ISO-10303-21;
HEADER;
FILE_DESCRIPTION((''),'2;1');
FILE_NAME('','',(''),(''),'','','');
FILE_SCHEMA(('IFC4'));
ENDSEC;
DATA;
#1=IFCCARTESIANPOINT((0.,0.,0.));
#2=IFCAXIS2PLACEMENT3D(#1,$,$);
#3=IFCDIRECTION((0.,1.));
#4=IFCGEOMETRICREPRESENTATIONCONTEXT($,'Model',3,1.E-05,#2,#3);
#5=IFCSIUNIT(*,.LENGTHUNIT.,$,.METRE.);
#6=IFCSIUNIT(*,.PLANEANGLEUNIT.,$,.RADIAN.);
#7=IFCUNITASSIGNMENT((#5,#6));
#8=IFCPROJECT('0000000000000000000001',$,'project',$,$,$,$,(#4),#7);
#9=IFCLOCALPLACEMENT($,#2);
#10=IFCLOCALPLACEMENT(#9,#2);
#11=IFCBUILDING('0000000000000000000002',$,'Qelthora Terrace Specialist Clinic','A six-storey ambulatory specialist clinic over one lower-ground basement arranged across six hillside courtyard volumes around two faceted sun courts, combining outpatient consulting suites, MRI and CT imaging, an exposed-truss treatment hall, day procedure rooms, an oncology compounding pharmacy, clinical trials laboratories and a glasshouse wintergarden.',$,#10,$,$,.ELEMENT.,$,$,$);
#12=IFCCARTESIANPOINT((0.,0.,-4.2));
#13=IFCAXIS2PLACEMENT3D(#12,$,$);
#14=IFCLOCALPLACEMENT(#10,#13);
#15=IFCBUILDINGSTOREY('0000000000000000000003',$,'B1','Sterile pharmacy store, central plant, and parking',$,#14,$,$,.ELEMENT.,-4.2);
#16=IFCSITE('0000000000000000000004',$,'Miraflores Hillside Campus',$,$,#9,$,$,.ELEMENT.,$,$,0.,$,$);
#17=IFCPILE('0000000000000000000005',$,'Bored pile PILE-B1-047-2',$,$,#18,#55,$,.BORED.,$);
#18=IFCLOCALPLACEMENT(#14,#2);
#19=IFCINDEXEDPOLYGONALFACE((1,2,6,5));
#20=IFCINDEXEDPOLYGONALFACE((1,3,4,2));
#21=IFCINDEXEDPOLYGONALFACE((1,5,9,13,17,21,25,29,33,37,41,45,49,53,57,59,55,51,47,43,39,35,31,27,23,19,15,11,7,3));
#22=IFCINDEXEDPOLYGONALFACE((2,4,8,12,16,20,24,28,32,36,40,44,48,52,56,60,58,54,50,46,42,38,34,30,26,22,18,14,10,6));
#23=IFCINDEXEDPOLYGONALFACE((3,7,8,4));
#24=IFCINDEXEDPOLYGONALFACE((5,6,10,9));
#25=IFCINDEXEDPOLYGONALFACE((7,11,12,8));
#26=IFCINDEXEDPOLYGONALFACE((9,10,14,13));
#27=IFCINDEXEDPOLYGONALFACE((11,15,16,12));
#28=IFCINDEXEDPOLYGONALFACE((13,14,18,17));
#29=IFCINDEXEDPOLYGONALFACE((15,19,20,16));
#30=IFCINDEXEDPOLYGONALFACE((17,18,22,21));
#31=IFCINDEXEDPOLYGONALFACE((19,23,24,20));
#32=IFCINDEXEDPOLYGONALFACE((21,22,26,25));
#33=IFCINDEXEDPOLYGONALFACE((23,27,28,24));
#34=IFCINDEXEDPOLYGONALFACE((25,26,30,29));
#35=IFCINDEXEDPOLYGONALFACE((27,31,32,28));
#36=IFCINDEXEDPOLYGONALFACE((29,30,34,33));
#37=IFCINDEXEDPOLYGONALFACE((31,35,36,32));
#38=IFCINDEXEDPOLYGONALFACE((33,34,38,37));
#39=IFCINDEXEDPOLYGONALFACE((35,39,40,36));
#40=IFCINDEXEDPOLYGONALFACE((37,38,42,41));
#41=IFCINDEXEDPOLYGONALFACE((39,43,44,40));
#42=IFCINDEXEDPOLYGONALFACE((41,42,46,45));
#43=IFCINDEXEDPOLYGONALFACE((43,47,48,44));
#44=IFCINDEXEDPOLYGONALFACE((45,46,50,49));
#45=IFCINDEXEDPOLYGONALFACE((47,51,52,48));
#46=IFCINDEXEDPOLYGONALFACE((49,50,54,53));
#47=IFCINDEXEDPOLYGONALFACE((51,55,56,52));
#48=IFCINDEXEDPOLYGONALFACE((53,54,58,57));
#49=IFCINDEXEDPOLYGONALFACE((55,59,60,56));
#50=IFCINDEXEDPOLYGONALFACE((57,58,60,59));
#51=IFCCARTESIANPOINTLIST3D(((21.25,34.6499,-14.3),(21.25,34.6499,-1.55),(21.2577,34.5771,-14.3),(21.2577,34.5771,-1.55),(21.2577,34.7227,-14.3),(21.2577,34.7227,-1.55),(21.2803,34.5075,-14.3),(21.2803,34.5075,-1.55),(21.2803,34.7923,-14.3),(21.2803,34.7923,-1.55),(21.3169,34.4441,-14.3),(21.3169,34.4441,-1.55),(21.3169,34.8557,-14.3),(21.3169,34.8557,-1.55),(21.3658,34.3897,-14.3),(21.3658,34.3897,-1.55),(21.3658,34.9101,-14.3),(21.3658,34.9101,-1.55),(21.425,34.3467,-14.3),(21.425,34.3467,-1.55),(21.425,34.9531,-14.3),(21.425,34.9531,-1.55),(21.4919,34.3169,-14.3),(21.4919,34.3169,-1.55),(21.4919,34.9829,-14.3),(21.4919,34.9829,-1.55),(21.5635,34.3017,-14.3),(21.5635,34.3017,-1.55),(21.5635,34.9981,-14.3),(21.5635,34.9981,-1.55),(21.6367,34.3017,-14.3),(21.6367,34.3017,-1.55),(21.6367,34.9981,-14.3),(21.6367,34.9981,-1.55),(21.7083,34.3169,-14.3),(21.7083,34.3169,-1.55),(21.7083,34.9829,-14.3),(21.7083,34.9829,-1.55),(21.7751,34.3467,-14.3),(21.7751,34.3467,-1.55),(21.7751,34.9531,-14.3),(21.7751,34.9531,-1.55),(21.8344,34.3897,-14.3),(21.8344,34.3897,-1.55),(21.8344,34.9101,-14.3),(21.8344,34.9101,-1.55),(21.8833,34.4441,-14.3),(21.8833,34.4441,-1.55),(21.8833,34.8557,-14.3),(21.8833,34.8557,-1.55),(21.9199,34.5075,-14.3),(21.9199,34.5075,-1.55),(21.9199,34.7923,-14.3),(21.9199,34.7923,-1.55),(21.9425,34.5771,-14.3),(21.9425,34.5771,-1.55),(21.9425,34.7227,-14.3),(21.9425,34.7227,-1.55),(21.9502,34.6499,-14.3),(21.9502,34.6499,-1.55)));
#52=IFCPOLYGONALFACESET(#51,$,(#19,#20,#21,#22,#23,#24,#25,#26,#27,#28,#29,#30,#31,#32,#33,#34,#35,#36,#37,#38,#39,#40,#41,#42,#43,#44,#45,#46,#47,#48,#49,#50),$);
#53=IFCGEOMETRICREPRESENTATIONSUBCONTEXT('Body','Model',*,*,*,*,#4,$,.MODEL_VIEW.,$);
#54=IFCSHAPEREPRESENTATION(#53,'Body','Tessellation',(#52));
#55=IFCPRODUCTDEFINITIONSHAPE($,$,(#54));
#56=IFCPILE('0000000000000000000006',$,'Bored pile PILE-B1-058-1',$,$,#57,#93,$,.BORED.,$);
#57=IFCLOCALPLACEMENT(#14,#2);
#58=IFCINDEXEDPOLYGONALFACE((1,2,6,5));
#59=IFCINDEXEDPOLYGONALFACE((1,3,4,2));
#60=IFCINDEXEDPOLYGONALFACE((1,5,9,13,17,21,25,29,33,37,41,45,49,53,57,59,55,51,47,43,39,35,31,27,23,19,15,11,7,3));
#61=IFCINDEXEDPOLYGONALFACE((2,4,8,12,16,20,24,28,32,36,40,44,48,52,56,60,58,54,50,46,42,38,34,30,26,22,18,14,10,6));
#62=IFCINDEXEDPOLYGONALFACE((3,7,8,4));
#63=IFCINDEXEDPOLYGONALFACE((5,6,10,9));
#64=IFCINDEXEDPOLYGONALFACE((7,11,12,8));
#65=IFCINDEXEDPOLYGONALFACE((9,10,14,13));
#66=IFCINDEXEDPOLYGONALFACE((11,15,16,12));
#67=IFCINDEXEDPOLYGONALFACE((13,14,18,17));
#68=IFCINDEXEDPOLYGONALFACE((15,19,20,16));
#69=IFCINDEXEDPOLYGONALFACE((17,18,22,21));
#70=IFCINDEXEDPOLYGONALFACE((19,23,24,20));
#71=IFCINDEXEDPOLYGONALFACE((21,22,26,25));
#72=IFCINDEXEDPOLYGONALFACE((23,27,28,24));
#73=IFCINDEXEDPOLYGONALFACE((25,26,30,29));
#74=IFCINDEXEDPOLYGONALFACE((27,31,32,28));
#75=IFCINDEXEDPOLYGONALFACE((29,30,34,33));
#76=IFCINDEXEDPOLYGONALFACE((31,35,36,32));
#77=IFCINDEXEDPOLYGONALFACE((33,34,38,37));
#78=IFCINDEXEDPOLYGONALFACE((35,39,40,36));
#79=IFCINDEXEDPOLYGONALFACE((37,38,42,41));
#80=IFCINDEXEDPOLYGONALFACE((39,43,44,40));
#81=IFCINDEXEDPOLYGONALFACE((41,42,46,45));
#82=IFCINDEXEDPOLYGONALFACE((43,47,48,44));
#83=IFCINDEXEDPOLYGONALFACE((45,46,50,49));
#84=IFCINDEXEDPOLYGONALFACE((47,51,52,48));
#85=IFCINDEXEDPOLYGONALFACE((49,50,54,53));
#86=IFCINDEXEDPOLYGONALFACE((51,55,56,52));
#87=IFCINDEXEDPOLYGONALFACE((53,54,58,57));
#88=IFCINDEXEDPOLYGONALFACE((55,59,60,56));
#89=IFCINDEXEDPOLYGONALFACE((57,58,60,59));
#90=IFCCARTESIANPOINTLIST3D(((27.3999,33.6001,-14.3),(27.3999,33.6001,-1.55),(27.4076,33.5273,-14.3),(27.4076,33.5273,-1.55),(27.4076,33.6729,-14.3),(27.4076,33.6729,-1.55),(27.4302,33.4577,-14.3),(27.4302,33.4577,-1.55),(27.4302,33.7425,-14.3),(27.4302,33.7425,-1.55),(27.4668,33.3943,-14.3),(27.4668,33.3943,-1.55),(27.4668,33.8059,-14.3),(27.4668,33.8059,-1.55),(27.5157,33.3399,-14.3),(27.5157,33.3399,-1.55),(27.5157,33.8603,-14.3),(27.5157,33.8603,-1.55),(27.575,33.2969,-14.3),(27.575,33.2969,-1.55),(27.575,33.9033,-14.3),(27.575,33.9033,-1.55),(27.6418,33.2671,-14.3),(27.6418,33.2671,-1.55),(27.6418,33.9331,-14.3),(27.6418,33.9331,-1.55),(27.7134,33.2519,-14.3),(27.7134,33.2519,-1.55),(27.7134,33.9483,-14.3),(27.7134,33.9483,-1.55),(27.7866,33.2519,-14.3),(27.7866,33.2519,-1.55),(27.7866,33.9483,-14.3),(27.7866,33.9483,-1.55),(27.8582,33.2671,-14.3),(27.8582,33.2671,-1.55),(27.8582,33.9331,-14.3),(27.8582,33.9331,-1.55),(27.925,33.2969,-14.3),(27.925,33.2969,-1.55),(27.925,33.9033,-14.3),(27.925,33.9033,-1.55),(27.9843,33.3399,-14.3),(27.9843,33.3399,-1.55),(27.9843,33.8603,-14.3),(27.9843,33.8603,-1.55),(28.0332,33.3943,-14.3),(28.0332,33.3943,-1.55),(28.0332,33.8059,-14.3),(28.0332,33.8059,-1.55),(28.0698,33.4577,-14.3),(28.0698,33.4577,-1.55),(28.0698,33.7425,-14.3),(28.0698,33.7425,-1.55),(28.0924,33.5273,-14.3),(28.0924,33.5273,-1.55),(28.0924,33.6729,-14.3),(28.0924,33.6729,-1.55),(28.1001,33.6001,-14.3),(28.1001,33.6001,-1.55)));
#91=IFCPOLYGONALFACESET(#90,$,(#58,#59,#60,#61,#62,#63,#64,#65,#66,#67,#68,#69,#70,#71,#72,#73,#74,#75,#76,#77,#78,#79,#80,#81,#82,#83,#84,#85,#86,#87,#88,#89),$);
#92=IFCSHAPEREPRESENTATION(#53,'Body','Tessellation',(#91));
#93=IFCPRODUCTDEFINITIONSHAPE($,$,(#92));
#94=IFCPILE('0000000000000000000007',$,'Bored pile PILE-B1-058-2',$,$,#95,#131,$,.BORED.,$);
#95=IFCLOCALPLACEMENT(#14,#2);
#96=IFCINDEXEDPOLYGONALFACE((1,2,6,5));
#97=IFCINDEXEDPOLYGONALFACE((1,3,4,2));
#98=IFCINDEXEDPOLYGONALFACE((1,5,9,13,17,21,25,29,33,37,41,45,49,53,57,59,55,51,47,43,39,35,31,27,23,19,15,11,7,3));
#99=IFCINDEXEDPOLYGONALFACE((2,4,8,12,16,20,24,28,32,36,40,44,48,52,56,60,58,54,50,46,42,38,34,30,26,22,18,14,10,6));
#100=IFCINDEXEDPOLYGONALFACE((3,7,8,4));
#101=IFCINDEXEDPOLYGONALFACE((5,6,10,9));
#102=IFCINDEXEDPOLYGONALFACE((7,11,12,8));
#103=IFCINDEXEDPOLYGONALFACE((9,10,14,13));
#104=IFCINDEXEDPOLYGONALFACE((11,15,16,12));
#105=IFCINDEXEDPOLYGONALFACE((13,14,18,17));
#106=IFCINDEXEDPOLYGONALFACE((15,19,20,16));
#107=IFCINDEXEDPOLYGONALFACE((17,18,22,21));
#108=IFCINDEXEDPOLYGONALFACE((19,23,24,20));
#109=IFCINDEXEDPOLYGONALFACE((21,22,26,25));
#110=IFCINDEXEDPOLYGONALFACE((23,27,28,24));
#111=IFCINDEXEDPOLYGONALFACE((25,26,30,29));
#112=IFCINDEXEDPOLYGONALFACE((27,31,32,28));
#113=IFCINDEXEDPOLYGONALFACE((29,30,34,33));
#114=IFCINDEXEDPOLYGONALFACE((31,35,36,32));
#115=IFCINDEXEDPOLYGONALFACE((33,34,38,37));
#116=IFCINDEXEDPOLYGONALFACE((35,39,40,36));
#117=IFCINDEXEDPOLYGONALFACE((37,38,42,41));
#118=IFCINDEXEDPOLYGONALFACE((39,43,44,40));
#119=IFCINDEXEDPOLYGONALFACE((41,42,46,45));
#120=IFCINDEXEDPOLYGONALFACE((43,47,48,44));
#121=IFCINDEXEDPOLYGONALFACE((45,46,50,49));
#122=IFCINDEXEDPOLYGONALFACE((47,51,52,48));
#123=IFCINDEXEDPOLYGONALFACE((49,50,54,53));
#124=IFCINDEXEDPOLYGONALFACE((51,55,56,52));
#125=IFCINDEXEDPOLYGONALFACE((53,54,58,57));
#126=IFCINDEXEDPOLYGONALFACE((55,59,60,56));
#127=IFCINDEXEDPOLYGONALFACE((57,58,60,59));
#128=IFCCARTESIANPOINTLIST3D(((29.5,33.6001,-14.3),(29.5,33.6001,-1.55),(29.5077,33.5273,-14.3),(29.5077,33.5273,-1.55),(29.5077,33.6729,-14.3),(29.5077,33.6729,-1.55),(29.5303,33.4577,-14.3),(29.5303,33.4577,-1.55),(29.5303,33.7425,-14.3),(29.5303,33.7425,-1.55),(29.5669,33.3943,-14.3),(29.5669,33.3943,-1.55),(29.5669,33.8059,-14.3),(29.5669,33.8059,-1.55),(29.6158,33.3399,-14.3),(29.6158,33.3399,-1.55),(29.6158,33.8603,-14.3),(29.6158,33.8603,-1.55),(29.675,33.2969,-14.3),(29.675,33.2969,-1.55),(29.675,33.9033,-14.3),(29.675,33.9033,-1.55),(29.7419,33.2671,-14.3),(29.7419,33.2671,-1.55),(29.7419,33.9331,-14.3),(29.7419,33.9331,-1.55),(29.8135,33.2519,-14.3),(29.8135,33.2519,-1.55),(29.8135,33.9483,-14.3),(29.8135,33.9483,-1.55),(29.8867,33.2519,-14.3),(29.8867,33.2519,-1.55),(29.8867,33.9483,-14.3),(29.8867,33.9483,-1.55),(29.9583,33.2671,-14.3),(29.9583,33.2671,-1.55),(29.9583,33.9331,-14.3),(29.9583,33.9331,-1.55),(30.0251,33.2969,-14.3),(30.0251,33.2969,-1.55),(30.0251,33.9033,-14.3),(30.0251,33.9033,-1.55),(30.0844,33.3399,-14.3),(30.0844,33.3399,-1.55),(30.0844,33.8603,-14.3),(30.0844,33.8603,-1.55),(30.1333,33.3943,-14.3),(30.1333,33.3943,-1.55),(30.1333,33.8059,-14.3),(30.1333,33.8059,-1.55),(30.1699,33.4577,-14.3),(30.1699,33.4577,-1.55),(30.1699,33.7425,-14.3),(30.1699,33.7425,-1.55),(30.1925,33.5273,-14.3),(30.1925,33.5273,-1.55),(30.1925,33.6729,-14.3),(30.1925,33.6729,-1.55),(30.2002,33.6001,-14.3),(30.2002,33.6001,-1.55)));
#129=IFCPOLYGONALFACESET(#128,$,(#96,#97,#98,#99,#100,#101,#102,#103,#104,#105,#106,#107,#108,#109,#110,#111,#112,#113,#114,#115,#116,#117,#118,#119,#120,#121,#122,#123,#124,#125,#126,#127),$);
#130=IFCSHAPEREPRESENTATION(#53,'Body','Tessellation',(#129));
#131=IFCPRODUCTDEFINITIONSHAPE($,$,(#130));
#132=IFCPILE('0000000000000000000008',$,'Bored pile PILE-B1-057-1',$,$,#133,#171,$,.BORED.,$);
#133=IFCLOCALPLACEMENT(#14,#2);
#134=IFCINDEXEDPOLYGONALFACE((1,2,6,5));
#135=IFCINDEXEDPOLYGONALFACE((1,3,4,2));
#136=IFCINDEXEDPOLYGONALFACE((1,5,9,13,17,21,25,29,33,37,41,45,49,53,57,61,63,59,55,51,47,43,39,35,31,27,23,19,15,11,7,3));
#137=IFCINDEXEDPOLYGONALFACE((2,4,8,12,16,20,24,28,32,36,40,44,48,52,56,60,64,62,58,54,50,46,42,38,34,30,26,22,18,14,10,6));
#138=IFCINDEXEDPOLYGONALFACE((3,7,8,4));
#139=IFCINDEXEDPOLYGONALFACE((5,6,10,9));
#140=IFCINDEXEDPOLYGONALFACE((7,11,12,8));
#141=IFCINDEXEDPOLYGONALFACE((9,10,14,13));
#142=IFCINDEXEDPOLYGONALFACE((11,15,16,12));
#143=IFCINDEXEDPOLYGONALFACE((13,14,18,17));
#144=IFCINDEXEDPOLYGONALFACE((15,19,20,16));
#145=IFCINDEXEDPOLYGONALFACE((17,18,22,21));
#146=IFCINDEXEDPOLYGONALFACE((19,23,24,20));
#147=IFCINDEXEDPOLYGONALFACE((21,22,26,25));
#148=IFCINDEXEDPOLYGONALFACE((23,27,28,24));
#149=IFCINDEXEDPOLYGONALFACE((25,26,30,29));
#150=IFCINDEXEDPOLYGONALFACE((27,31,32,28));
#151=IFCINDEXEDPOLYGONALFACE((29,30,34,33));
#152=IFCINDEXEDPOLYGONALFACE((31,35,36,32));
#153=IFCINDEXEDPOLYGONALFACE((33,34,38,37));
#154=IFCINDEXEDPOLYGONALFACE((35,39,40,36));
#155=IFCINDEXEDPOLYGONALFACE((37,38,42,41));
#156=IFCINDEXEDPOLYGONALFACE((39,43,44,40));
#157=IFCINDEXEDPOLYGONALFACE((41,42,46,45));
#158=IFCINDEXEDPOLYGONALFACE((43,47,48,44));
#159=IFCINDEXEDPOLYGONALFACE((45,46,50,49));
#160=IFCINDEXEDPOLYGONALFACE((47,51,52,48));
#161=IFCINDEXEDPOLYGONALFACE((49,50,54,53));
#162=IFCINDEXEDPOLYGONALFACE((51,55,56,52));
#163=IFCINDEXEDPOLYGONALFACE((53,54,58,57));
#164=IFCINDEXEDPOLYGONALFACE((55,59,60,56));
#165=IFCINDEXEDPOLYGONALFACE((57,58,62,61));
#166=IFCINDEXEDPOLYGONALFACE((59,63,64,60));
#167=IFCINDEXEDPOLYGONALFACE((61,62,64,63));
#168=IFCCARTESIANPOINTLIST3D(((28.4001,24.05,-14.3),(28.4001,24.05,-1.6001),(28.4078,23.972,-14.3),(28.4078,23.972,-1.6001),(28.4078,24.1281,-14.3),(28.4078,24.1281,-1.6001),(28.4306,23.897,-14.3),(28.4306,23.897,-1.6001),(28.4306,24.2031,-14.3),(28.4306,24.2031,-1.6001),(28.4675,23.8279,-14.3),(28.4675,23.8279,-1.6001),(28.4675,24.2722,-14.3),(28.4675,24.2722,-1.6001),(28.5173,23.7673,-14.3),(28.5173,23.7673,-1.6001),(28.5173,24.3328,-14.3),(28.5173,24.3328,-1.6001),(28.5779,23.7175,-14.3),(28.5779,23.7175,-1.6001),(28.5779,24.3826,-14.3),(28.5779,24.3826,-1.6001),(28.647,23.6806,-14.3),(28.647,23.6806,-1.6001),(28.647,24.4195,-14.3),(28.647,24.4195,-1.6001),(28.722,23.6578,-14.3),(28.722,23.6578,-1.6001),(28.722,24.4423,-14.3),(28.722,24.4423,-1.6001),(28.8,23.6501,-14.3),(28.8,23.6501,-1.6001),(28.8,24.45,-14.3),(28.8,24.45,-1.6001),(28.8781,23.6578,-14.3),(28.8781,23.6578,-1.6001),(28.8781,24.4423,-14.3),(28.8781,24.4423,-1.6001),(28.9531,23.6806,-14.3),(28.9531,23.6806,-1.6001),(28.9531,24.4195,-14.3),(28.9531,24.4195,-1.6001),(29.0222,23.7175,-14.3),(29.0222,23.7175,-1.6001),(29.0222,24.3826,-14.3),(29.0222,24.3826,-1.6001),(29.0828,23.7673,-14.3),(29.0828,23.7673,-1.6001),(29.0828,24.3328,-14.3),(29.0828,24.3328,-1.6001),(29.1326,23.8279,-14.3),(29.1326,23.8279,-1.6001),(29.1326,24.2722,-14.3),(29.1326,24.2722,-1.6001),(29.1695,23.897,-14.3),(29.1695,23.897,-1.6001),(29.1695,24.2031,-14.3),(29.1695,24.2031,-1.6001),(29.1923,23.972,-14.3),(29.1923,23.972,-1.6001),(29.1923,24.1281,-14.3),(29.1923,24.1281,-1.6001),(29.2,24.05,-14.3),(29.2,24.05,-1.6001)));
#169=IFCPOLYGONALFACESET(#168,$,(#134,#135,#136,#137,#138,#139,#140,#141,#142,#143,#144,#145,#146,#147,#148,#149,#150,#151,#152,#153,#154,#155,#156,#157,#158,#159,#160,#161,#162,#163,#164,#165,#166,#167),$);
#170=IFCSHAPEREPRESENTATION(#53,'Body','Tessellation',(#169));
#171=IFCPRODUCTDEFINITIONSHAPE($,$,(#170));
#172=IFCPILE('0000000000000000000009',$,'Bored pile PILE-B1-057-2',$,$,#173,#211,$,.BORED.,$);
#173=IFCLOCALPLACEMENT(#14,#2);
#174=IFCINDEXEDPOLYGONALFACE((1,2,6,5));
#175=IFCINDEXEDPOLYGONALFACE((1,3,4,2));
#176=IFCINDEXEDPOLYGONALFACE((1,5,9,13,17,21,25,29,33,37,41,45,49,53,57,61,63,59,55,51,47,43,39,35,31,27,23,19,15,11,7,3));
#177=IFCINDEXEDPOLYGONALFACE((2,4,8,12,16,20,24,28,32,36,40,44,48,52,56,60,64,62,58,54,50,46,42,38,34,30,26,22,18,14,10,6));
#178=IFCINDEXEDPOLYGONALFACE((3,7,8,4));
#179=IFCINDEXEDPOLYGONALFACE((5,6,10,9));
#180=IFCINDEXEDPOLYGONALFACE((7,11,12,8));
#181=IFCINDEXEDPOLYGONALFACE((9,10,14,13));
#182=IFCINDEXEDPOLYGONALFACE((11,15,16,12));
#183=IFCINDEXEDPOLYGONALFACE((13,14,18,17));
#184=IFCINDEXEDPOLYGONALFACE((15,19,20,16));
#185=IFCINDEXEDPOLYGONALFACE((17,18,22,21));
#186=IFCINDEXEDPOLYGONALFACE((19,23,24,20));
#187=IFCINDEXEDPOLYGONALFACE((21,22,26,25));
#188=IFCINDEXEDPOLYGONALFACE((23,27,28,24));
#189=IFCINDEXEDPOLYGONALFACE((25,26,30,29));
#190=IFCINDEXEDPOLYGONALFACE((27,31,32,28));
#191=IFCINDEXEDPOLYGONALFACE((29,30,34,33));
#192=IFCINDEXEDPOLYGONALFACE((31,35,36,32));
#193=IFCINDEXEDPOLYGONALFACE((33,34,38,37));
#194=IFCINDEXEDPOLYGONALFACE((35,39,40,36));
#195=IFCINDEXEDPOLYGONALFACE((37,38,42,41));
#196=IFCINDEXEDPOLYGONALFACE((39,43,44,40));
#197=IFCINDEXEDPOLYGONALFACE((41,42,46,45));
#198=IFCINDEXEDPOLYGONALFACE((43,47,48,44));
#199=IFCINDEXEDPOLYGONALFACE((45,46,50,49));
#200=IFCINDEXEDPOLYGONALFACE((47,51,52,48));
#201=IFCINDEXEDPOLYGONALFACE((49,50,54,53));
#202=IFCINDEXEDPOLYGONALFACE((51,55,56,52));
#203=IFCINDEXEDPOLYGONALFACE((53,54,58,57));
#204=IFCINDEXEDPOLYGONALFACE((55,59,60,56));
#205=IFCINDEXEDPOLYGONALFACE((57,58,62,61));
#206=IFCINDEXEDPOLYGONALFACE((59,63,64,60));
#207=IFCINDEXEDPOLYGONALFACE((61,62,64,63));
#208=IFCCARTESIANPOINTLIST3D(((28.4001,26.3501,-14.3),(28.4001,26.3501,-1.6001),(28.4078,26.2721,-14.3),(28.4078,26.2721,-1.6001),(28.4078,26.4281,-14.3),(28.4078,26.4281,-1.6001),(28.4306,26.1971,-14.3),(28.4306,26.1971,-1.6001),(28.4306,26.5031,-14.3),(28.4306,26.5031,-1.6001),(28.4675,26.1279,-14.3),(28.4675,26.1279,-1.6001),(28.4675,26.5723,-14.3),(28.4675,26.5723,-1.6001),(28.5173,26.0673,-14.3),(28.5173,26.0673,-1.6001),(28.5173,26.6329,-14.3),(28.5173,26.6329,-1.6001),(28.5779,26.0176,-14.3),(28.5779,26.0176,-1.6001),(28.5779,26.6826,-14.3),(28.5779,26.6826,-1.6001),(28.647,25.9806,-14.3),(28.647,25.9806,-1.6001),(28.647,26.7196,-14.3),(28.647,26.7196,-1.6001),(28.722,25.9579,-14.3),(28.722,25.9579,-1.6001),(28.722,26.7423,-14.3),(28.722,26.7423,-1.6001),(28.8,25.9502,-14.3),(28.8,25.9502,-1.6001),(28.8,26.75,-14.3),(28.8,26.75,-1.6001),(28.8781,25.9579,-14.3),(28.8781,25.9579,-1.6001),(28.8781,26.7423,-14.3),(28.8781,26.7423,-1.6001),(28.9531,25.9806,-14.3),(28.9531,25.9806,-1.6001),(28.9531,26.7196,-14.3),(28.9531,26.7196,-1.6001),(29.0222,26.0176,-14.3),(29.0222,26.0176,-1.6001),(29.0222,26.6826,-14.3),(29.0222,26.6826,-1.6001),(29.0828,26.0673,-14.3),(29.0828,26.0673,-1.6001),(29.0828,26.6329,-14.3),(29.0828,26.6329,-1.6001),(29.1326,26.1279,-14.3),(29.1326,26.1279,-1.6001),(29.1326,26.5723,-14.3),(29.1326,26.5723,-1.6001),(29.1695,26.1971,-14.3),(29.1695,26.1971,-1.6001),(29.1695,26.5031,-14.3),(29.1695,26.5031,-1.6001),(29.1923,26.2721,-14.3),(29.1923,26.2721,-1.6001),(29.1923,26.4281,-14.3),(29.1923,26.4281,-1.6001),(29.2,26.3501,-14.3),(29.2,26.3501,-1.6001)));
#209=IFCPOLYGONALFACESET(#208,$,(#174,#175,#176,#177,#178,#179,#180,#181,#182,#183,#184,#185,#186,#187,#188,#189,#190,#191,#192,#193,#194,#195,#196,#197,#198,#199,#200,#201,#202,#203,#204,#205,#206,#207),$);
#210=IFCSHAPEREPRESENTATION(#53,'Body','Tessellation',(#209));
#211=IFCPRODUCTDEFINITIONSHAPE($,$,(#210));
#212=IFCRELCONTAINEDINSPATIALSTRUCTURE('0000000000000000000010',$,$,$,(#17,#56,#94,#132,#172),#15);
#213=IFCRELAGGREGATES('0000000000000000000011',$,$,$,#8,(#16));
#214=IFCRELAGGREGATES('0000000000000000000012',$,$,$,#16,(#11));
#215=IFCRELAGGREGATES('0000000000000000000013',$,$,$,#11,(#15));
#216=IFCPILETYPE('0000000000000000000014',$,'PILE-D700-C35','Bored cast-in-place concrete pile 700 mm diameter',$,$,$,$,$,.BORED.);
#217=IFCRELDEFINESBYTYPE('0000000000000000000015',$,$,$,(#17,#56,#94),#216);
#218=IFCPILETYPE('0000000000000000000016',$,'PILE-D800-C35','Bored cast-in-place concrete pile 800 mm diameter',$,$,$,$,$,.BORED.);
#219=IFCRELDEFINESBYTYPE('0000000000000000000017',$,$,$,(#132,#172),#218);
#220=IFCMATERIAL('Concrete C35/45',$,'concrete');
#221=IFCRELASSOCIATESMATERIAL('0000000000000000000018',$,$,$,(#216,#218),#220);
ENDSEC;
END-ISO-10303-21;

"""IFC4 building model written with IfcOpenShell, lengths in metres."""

from ifc_helpers import new_model, si_unit, direction, frame, origin, origin_2d, place, context, subcontext, project, spatial, circle, extrude, material, material_profile, profile_set, type_object, element, save


model = new_model("IFC4")

# Units and contexts
model_context = context("Model", 3, precision=1e-05, world=origin(), true_north=direction((0.0, 1.0)))
body_context = subcontext(model_context, "Body", "Model", "MODEL_VIEW")
ifc_project = project(units=[si_unit("LENGTHUNIT", "METRE"), si_unit("PLANEANGLEUNIT", "RADIAN")], contexts=[model_context])

# Site, building, storey
site_placement = place(None, origin())
site = spatial("IfcSite", under=ifc_project, at=site_placement, Name="Miraflores Hillside Campus", CompositionType="ELEMENT", RefElevation=0.0)
building_placement = place(site_placement, origin())
building = spatial("IfcBuilding", under=site, at=building_placement, Name="Qelthora Terrace Specialist Clinic", Description="A six-storey ambulatory specialist clinic over one lower-ground basement arranged across six hillside courtyard volumes around two faceted sun courts, combining outpatient consulting suites, MRI and CT imaging, an exposed-truss treatment hall, day procedure rooms, an oncology compounding pharmacy, clinical trials laboratories and a glasshouse wintergarden.", CompositionType="ELEMENT")
storey_placement = place(building_placement, frame((0.0, 0.0, -4.2)))
storey = spatial("IfcBuildingStorey", under=building, at=storey_placement, Name="B1", Description="Sterile pharmacy store, central plant, and parking", CompositionType="ELEMENT", Elevation=-4.2)

# Shared definitions
ifc_material_1 = material(Name="Concrete C35/45", Category="concrete")

# Piles
ifc_material_profile_1 = material_profile(ifc_material_1, circle(Radius=0.3501, at=origin_2d()), Name="PILE700")
ifc_profile_set_1 = profile_set([ifc_material_profile_1], Name="Concrete C35/45")
pile_type_1 = type_object("IfcPileType", Name="PILE-D700-C35", Description="Bored cast-in-place concrete pile 700 mm diameter", PredefinedType="BORED", material=ifc_profile_set_1)
for number, where, z_axis, x_axis, name in (
    (1, (21.6001, 34.6499, -1.55), (0.0, 0.0, -1.0), (1.0, 0.0, 0.0), "Bored pile PILE-B1-047-2"),
    (2, (27.75, 33.6001, -1.55), (0.0, 0.0, -1.0), (1.0, 0.0, 0.0), "Bored pile PILE-B1-058-1"),
    (3, (29.8501, 33.6001, -1.55), (0.0, 0.0, -1.0), (1.0, 0.0, 0.0), "Bored pile PILE-B1-058-2"),
):
    element("IfcPile", number, at=place(storey_placement, frame(where, z_axis=z_axis, x_axis=x_axis)), inside=storey, type_object=pile_type_1, Name=name, PredefinedType="BORED", context=body_context, shape_type="SweptSolid", body=[
        extrude(circle(Radius=0.3501, at=origin_2d()), origin(), (0.0, 0.0, 1.0), 12.75),
    ])
ifc_material_profile_2 = material_profile(ifc_material_1, circle(Radius=0.3999, at=origin_2d()), Name="PILE800")
ifc_profile_set_2 = profile_set([ifc_material_profile_2], Name="Concrete C35/45")
pile_type_2 = type_object("IfcPileType", Name="PILE-D800-C35", Description="Bored cast-in-place concrete pile 800 mm diameter", PredefinedType="BORED", material=ifc_profile_set_2)
for number, where, z_axis, x_axis, name in (
    (4, (28.8, 24.05, -1.6001), (0.0, 0.0, -1.0), (1.0, 0.0, 0.0), "Bored pile PILE-B1-057-1"),
    (5, (28.8, 26.3501, -1.6001), (0.0, 0.0, -1.0), (1.0, 0.0, 0.0), "Bored pile PILE-B1-057-2"),
):
    element("IfcPile", number, at=place(storey_placement, frame(where, z_axis=z_axis, x_axis=x_axis)), inside=storey, type_object=pile_type_2, Name=name, PredefinedType="BORED", context=body_context, shape_type="SweptSolid", body=[
        extrude(circle(Radius=0.3999, at=origin_2d()), origin(), (0.0, 0.0, 1.0), 12.7),
    ])

save(model, "model.ifc")
